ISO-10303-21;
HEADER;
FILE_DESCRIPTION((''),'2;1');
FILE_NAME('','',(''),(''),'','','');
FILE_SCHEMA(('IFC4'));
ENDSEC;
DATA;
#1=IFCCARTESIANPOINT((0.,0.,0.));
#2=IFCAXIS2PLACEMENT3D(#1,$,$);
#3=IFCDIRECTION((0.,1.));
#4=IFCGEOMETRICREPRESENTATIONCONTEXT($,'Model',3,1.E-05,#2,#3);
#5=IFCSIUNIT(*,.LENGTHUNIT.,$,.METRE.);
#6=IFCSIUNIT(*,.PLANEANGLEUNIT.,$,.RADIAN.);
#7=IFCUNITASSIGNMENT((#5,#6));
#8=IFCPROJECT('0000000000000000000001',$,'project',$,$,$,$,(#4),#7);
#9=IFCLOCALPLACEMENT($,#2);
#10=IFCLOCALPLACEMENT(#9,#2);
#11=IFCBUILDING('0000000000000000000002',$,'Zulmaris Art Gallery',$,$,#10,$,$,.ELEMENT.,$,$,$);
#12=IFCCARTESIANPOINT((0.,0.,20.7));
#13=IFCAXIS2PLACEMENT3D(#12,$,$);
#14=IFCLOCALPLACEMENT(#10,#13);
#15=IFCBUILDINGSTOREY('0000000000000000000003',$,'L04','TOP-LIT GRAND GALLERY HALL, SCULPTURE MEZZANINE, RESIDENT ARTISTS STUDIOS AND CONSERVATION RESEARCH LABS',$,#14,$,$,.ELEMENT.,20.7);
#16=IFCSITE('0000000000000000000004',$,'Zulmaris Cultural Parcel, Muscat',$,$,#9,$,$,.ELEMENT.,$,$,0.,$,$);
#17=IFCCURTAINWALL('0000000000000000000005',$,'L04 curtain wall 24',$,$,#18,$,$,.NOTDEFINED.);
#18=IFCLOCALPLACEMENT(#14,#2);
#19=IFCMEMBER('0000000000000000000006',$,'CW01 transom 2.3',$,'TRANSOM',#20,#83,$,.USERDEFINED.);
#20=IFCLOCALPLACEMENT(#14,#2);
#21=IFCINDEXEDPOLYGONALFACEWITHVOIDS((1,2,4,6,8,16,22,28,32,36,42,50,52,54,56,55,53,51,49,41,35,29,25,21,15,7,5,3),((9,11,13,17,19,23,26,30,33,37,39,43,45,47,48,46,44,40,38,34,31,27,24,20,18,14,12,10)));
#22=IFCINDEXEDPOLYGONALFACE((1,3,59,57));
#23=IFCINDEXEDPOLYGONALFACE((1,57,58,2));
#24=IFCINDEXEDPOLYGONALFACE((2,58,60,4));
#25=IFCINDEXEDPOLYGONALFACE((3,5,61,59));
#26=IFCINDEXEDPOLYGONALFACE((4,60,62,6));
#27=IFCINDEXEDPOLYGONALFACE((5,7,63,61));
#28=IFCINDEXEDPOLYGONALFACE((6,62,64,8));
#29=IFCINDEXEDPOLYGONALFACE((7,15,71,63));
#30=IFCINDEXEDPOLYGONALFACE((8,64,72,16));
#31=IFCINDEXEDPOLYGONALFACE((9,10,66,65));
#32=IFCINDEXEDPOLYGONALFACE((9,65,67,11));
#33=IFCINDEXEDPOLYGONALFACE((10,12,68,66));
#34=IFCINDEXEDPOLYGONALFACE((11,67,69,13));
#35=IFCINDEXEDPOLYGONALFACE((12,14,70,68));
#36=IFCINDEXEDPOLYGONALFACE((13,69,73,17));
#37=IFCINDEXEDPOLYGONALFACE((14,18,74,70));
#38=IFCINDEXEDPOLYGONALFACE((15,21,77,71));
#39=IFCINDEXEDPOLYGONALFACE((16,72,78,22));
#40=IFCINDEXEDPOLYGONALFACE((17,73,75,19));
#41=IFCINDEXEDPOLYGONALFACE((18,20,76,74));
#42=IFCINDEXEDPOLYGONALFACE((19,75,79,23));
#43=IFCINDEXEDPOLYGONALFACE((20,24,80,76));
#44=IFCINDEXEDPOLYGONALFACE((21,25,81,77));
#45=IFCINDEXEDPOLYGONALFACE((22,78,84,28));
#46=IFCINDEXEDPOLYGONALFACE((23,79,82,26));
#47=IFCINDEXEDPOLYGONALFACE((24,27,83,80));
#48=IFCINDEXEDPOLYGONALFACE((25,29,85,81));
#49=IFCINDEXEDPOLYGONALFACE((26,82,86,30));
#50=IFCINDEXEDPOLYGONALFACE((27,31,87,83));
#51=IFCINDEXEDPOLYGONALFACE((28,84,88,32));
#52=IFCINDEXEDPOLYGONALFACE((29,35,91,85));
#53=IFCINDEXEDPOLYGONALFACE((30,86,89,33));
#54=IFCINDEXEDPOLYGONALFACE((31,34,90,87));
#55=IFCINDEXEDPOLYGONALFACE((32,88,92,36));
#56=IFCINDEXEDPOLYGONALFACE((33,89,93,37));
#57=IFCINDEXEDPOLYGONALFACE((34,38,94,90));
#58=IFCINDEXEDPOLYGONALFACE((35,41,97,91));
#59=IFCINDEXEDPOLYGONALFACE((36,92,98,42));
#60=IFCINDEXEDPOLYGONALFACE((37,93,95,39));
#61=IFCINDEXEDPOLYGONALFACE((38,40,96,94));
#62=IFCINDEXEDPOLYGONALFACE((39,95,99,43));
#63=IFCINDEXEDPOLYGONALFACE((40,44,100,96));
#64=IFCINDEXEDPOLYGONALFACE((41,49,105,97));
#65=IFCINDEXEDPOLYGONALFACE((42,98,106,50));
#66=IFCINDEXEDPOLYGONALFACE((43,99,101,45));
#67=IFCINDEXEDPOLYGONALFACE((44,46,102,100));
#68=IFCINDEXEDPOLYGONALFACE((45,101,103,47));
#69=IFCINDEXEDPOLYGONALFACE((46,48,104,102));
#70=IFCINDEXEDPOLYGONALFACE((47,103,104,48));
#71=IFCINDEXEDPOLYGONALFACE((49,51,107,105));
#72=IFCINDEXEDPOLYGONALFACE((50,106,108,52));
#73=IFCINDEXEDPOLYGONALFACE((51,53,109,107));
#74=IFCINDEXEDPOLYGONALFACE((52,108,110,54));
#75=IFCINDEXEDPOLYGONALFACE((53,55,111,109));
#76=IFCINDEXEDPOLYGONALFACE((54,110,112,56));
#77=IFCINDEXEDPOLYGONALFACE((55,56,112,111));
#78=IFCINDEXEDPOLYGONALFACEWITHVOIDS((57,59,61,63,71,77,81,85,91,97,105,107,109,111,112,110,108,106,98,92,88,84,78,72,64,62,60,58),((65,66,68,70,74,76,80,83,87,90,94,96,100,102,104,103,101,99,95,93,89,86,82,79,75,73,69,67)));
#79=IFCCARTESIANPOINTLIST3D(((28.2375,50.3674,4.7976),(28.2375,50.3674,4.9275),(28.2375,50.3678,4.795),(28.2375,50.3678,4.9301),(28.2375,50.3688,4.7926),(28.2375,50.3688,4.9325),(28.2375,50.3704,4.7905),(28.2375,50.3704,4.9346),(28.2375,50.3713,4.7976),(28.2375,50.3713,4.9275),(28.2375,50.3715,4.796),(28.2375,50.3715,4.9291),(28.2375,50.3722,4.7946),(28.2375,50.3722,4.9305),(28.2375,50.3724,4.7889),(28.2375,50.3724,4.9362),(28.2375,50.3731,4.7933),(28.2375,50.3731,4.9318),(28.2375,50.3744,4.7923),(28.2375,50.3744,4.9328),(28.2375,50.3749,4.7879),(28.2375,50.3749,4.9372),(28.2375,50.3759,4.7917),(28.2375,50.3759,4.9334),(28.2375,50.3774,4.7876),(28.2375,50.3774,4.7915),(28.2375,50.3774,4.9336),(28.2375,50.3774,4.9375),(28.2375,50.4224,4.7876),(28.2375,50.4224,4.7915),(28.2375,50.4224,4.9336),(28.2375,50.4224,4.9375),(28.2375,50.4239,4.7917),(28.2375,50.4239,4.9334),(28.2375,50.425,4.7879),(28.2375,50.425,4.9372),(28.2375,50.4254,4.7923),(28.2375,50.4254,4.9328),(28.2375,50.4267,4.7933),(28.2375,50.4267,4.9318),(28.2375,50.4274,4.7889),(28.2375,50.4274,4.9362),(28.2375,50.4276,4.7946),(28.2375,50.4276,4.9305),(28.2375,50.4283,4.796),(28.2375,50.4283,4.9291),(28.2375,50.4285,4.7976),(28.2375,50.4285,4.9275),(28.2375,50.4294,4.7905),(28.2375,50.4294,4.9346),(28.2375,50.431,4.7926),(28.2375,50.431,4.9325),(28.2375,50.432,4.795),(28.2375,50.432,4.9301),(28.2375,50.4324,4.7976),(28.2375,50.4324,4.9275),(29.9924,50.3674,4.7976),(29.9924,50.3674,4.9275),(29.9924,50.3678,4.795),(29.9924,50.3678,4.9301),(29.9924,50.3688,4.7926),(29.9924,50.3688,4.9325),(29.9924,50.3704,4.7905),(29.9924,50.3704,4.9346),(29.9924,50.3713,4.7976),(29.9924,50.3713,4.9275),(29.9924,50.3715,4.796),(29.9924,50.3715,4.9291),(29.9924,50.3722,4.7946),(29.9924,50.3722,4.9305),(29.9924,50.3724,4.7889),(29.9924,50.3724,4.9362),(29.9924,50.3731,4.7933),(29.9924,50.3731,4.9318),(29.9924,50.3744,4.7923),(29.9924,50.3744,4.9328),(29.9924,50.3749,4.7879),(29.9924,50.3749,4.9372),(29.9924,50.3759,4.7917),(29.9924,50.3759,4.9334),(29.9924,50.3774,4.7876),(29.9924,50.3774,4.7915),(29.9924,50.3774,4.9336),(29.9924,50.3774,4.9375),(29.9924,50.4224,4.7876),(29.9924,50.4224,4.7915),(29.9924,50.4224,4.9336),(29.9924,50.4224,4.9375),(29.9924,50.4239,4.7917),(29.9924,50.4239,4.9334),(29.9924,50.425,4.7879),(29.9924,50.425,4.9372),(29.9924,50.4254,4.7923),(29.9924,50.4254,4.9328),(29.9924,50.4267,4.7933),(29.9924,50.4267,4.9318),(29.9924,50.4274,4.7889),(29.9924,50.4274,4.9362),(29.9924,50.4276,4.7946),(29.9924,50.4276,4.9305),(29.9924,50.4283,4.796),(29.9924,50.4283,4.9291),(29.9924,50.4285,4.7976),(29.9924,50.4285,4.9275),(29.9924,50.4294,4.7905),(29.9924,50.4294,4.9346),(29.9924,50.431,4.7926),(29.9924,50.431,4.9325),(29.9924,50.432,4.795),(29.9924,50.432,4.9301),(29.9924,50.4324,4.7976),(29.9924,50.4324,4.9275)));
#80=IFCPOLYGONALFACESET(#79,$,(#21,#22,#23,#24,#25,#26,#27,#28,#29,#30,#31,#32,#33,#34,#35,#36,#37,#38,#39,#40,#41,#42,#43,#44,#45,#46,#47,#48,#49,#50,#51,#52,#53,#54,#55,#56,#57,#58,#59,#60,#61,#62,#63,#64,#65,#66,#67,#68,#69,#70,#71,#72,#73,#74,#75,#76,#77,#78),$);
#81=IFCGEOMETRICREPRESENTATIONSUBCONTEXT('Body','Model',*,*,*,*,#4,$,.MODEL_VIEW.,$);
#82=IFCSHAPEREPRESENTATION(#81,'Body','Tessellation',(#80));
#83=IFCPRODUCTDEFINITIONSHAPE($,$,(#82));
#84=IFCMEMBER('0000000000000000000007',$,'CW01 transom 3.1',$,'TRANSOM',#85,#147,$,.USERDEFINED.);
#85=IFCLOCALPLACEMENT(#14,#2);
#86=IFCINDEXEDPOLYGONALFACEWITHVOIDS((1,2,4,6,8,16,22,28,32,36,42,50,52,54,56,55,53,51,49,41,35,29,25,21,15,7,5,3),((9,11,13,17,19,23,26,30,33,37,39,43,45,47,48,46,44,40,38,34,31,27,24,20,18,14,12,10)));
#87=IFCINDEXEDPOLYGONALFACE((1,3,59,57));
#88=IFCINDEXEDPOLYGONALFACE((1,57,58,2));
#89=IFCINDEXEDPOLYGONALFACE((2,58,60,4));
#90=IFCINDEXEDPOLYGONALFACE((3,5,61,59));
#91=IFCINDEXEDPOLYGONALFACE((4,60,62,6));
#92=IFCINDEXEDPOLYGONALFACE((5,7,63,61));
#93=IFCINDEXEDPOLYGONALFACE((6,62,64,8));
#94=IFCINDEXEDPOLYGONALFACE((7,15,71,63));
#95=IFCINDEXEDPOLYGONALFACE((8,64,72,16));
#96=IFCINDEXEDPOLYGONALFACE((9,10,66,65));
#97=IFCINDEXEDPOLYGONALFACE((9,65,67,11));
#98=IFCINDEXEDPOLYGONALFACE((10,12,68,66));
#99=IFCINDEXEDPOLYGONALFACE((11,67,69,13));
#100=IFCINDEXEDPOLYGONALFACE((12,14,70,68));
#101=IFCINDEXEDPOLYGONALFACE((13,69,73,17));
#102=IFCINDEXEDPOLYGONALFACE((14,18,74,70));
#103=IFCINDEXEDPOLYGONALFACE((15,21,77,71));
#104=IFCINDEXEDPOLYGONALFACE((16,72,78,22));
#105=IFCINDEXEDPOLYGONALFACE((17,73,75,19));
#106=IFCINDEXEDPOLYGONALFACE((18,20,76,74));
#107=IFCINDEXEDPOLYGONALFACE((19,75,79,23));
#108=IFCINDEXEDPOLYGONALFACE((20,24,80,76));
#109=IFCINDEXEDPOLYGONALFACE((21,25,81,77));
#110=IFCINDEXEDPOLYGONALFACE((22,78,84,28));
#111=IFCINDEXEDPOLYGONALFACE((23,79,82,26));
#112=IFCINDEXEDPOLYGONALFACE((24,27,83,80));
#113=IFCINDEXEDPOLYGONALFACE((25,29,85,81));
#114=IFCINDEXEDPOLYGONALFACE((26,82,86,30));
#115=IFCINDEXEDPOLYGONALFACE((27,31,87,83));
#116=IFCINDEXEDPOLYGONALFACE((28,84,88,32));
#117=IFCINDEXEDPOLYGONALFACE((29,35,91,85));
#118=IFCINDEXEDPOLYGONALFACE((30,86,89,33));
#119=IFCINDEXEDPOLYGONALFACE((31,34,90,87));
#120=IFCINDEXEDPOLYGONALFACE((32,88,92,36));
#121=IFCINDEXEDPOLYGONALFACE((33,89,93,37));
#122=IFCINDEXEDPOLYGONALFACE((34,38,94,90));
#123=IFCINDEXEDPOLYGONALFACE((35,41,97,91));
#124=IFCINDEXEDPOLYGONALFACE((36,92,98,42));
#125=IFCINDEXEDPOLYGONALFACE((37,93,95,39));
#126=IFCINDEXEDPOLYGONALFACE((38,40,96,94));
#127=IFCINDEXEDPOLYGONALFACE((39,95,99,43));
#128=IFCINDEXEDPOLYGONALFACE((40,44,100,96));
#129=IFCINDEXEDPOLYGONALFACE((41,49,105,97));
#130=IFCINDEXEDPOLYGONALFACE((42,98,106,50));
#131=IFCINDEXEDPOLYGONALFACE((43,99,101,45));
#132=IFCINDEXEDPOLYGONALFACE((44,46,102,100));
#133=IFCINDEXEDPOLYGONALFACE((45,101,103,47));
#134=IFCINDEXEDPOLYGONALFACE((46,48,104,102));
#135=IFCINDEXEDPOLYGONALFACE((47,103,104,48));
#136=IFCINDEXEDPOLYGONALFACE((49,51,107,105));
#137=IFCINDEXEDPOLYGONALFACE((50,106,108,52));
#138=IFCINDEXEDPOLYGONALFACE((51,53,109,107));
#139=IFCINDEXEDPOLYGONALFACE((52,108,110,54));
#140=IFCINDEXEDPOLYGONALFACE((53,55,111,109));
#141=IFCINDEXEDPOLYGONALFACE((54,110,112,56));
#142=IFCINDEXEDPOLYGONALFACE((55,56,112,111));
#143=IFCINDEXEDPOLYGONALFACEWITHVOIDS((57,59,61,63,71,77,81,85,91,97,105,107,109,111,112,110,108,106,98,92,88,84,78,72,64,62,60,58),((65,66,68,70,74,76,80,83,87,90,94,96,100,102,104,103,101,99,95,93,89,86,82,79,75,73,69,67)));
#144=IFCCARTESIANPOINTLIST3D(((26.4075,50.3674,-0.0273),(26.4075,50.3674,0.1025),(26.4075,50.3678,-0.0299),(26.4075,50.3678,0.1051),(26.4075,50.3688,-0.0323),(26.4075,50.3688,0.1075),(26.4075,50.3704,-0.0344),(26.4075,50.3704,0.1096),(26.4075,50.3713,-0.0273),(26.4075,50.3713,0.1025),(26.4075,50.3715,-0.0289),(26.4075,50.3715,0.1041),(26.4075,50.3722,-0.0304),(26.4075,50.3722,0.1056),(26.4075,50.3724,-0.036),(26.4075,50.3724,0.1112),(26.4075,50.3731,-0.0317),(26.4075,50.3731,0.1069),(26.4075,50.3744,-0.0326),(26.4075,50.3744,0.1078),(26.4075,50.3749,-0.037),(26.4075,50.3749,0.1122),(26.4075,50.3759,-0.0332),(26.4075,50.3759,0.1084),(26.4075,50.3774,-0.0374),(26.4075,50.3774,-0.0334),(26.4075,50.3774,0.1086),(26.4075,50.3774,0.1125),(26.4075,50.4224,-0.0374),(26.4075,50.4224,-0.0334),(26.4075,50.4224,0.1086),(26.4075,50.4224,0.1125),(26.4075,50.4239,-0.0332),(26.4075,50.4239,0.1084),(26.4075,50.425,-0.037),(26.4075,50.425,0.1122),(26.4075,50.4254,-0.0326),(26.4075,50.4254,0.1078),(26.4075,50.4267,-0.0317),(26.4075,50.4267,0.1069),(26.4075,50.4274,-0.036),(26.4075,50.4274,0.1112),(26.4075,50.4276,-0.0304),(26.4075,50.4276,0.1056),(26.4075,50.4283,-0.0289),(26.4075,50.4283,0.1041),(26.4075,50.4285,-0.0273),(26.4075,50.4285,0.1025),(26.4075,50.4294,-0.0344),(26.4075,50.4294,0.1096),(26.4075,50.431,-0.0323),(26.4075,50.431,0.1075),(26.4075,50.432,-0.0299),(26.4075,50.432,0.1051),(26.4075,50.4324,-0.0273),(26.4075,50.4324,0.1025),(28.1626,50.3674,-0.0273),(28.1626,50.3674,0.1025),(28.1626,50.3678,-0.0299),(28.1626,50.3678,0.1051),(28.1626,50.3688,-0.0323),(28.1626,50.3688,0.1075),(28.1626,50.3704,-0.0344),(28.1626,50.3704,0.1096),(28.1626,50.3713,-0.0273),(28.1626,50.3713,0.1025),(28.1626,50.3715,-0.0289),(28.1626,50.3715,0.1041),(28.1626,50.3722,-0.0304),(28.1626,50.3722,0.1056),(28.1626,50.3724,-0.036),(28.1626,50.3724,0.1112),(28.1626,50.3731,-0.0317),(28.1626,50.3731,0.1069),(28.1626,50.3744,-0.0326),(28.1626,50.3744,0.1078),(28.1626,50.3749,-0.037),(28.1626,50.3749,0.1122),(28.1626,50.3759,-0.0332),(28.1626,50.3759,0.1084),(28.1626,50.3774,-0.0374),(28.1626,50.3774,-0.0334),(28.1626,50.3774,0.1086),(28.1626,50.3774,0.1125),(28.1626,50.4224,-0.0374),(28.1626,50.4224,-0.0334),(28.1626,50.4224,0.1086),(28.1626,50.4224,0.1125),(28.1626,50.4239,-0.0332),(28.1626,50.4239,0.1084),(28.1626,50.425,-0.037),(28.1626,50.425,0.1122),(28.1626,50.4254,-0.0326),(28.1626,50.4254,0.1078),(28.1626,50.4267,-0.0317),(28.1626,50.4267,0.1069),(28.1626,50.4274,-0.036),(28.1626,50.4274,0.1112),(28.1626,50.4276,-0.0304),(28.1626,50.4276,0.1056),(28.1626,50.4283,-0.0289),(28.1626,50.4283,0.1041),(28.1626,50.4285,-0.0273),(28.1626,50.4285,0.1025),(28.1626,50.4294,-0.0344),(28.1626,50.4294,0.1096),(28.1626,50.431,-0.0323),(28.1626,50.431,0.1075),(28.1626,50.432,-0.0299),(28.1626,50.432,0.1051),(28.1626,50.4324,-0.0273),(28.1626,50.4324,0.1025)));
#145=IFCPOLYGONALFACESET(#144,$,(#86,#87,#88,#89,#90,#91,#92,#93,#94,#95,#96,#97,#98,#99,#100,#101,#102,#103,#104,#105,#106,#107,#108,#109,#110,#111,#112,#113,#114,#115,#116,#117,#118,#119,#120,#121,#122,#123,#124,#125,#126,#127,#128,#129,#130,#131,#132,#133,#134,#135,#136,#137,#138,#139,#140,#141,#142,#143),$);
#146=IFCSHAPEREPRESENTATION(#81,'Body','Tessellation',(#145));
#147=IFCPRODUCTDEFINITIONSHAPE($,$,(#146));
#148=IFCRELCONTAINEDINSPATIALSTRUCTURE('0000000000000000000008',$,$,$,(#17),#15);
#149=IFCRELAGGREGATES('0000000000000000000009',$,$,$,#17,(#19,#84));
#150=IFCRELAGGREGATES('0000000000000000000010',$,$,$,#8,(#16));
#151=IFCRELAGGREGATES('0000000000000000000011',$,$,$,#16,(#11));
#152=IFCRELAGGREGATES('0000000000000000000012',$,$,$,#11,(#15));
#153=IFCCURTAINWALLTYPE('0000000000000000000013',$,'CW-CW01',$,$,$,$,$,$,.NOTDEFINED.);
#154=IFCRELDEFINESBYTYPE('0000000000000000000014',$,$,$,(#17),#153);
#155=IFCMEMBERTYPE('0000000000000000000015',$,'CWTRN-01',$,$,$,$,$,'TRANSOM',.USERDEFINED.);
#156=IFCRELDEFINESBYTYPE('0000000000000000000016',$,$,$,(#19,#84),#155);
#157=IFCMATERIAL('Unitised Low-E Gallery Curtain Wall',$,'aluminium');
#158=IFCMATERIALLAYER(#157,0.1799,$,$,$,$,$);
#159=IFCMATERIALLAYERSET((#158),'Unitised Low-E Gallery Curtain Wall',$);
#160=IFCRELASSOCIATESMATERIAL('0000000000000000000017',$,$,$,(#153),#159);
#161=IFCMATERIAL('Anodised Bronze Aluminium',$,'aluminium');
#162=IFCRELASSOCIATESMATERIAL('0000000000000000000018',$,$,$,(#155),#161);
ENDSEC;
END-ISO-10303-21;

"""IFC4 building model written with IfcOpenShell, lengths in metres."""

from ifc_helpers import new_model, si_unit, direction, frame, origin, origin_2d, place, context, subcontext, project, spatial, hollow_rectangle, extrude, material, layer, layer_set, material_profile, profile_set, type_object, element, aggregate, save


model = new_model("IFC4")

# Units and contexts
model_context = context("Model", 3, precision=1e-05, world=origin(), true_north=direction((0.0, 1.0)))
body_context = subcontext(model_context, "Body", "Model", "MODEL_VIEW")
ifc_project = project(units=[si_unit("LENGTHUNIT", "METRE"), si_unit("PLANEANGLEUNIT", "RADIAN")], contexts=[model_context])

# Site, building, storey
site_placement = place(None, origin())
site = spatial("IfcSite", under=ifc_project, at=site_placement, Name="Zulmaris Cultural Parcel, Muscat", CompositionType="ELEMENT", RefElevation=0.0)
building_placement = place(site_placement, origin())
building = spatial("IfcBuilding", under=site, at=building_placement, Name="Zulmaris Art Gallery", CompositionType="ELEMENT")
storey_placement = place(building_placement, frame((0.0, 0.0, 20.7)))
storey = spatial("IfcBuildingStorey", under=building, at=storey_placement, Name="L04", Description="TOP-LIT GRAND GALLERY HALL, SCULPTURE MEZZANINE, RESIDENT ARTISTS STUDIOS AND CONSERVATION RESEARCH LABS", CompositionType="ELEMENT", Elevation=20.7)

# Curtain wall, members
ifc_material_1 = material(Name="Unitised Low-E Gallery Curtain Wall", Category="aluminium")
ifc_layer_1 = layer(ifc_material_1, 0.1799)
ifc_layer_set_1 = layer_set([ifc_layer_1], Name="Unitised Low-E Gallery Curtain Wall")
curtain_wall_type = type_object("IfcCurtainWallType", Name="CW-CW01", PredefinedType="NOTDEFINED", material=ifc_layer_set_1)
curtain_wall_placement = place(storey_placement, origin())
curtain_wall = element("IfcCurtainWall", 1, at=curtain_wall_placement, inside=storey, type_object=curtain_wall_type, Name="L04 curtain wall 24", PredefinedType="NOTDEFINED")
ifc_material_2 = material(Name="Anodised Bronze Aluminium", Category="aluminium")
ifc_material_profile_1 = material_profile(ifc_material_2, hollow_rectangle(XDim=0.0649, YDim=0.1499, WallThickness=0.0039, InnerFilletRadius=0.0061, OuterFilletRadius=0.01, at=origin_2d()), Name="ALU 65x150x4")
ifc_profile_set_1 = profile_set([ifc_material_profile_1], Name="Anodised Bronze Aluminium")
member_type_1 = type_object("IfcMemberType", Name="CWTRN-01", ElementType="TRANSOM", PredefinedType="USERDEFINED", material=ifc_profile_set_1)
member_1_placement = place(storey_placement, frame((29.9924, 50.3999, 4.8625), z_axis=(-1.0, 0.0, 0.0), x_axis=(0.0, -1.0, 0.0)))
member_1 = element("IfcMember", 2, at=member_1_placement, type_object=member_type_1, Name="CW01 transom 2.3", ObjectType="TRANSOM", PredefinedType="USERDEFINED", context=body_context, shape_type="SweptSolid", body=[
    extrude(hollow_rectangle(XDim=0.0649, YDim=0.1499, WallThickness=0.0039, InnerFilletRadius=0.0061, OuterFilletRadius=0.01, at=origin_2d()), origin(), (0.0, 0.0, 1.0), 1.7549),
])
member_2_placement = place(storey_placement, frame((28.1626, 50.3999, 0.0376), z_axis=(-1.0, 0.0, 0.0), x_axis=(0.0, -1.0, 0.0)))
member_2 = element("IfcMember", 3, at=member_2_placement, type_object=member_type_1, Name="CW01 transom 3.1", ObjectType="TRANSOM", PredefinedType="USERDEFINED", context=body_context, shape_type="SweptSolid", body=[
    extrude(hollow_rectangle(XDim=0.0649, YDim=0.1499, WallThickness=0.0039, InnerFilletRadius=0.0061, OuterFilletRadius=0.01, at=origin_2d()), origin(), (0.0, 0.0, 1.0), 1.7551),
])

aggregate(curtain_wall, [member_1, member_2])

save(model, "model.ifc")
